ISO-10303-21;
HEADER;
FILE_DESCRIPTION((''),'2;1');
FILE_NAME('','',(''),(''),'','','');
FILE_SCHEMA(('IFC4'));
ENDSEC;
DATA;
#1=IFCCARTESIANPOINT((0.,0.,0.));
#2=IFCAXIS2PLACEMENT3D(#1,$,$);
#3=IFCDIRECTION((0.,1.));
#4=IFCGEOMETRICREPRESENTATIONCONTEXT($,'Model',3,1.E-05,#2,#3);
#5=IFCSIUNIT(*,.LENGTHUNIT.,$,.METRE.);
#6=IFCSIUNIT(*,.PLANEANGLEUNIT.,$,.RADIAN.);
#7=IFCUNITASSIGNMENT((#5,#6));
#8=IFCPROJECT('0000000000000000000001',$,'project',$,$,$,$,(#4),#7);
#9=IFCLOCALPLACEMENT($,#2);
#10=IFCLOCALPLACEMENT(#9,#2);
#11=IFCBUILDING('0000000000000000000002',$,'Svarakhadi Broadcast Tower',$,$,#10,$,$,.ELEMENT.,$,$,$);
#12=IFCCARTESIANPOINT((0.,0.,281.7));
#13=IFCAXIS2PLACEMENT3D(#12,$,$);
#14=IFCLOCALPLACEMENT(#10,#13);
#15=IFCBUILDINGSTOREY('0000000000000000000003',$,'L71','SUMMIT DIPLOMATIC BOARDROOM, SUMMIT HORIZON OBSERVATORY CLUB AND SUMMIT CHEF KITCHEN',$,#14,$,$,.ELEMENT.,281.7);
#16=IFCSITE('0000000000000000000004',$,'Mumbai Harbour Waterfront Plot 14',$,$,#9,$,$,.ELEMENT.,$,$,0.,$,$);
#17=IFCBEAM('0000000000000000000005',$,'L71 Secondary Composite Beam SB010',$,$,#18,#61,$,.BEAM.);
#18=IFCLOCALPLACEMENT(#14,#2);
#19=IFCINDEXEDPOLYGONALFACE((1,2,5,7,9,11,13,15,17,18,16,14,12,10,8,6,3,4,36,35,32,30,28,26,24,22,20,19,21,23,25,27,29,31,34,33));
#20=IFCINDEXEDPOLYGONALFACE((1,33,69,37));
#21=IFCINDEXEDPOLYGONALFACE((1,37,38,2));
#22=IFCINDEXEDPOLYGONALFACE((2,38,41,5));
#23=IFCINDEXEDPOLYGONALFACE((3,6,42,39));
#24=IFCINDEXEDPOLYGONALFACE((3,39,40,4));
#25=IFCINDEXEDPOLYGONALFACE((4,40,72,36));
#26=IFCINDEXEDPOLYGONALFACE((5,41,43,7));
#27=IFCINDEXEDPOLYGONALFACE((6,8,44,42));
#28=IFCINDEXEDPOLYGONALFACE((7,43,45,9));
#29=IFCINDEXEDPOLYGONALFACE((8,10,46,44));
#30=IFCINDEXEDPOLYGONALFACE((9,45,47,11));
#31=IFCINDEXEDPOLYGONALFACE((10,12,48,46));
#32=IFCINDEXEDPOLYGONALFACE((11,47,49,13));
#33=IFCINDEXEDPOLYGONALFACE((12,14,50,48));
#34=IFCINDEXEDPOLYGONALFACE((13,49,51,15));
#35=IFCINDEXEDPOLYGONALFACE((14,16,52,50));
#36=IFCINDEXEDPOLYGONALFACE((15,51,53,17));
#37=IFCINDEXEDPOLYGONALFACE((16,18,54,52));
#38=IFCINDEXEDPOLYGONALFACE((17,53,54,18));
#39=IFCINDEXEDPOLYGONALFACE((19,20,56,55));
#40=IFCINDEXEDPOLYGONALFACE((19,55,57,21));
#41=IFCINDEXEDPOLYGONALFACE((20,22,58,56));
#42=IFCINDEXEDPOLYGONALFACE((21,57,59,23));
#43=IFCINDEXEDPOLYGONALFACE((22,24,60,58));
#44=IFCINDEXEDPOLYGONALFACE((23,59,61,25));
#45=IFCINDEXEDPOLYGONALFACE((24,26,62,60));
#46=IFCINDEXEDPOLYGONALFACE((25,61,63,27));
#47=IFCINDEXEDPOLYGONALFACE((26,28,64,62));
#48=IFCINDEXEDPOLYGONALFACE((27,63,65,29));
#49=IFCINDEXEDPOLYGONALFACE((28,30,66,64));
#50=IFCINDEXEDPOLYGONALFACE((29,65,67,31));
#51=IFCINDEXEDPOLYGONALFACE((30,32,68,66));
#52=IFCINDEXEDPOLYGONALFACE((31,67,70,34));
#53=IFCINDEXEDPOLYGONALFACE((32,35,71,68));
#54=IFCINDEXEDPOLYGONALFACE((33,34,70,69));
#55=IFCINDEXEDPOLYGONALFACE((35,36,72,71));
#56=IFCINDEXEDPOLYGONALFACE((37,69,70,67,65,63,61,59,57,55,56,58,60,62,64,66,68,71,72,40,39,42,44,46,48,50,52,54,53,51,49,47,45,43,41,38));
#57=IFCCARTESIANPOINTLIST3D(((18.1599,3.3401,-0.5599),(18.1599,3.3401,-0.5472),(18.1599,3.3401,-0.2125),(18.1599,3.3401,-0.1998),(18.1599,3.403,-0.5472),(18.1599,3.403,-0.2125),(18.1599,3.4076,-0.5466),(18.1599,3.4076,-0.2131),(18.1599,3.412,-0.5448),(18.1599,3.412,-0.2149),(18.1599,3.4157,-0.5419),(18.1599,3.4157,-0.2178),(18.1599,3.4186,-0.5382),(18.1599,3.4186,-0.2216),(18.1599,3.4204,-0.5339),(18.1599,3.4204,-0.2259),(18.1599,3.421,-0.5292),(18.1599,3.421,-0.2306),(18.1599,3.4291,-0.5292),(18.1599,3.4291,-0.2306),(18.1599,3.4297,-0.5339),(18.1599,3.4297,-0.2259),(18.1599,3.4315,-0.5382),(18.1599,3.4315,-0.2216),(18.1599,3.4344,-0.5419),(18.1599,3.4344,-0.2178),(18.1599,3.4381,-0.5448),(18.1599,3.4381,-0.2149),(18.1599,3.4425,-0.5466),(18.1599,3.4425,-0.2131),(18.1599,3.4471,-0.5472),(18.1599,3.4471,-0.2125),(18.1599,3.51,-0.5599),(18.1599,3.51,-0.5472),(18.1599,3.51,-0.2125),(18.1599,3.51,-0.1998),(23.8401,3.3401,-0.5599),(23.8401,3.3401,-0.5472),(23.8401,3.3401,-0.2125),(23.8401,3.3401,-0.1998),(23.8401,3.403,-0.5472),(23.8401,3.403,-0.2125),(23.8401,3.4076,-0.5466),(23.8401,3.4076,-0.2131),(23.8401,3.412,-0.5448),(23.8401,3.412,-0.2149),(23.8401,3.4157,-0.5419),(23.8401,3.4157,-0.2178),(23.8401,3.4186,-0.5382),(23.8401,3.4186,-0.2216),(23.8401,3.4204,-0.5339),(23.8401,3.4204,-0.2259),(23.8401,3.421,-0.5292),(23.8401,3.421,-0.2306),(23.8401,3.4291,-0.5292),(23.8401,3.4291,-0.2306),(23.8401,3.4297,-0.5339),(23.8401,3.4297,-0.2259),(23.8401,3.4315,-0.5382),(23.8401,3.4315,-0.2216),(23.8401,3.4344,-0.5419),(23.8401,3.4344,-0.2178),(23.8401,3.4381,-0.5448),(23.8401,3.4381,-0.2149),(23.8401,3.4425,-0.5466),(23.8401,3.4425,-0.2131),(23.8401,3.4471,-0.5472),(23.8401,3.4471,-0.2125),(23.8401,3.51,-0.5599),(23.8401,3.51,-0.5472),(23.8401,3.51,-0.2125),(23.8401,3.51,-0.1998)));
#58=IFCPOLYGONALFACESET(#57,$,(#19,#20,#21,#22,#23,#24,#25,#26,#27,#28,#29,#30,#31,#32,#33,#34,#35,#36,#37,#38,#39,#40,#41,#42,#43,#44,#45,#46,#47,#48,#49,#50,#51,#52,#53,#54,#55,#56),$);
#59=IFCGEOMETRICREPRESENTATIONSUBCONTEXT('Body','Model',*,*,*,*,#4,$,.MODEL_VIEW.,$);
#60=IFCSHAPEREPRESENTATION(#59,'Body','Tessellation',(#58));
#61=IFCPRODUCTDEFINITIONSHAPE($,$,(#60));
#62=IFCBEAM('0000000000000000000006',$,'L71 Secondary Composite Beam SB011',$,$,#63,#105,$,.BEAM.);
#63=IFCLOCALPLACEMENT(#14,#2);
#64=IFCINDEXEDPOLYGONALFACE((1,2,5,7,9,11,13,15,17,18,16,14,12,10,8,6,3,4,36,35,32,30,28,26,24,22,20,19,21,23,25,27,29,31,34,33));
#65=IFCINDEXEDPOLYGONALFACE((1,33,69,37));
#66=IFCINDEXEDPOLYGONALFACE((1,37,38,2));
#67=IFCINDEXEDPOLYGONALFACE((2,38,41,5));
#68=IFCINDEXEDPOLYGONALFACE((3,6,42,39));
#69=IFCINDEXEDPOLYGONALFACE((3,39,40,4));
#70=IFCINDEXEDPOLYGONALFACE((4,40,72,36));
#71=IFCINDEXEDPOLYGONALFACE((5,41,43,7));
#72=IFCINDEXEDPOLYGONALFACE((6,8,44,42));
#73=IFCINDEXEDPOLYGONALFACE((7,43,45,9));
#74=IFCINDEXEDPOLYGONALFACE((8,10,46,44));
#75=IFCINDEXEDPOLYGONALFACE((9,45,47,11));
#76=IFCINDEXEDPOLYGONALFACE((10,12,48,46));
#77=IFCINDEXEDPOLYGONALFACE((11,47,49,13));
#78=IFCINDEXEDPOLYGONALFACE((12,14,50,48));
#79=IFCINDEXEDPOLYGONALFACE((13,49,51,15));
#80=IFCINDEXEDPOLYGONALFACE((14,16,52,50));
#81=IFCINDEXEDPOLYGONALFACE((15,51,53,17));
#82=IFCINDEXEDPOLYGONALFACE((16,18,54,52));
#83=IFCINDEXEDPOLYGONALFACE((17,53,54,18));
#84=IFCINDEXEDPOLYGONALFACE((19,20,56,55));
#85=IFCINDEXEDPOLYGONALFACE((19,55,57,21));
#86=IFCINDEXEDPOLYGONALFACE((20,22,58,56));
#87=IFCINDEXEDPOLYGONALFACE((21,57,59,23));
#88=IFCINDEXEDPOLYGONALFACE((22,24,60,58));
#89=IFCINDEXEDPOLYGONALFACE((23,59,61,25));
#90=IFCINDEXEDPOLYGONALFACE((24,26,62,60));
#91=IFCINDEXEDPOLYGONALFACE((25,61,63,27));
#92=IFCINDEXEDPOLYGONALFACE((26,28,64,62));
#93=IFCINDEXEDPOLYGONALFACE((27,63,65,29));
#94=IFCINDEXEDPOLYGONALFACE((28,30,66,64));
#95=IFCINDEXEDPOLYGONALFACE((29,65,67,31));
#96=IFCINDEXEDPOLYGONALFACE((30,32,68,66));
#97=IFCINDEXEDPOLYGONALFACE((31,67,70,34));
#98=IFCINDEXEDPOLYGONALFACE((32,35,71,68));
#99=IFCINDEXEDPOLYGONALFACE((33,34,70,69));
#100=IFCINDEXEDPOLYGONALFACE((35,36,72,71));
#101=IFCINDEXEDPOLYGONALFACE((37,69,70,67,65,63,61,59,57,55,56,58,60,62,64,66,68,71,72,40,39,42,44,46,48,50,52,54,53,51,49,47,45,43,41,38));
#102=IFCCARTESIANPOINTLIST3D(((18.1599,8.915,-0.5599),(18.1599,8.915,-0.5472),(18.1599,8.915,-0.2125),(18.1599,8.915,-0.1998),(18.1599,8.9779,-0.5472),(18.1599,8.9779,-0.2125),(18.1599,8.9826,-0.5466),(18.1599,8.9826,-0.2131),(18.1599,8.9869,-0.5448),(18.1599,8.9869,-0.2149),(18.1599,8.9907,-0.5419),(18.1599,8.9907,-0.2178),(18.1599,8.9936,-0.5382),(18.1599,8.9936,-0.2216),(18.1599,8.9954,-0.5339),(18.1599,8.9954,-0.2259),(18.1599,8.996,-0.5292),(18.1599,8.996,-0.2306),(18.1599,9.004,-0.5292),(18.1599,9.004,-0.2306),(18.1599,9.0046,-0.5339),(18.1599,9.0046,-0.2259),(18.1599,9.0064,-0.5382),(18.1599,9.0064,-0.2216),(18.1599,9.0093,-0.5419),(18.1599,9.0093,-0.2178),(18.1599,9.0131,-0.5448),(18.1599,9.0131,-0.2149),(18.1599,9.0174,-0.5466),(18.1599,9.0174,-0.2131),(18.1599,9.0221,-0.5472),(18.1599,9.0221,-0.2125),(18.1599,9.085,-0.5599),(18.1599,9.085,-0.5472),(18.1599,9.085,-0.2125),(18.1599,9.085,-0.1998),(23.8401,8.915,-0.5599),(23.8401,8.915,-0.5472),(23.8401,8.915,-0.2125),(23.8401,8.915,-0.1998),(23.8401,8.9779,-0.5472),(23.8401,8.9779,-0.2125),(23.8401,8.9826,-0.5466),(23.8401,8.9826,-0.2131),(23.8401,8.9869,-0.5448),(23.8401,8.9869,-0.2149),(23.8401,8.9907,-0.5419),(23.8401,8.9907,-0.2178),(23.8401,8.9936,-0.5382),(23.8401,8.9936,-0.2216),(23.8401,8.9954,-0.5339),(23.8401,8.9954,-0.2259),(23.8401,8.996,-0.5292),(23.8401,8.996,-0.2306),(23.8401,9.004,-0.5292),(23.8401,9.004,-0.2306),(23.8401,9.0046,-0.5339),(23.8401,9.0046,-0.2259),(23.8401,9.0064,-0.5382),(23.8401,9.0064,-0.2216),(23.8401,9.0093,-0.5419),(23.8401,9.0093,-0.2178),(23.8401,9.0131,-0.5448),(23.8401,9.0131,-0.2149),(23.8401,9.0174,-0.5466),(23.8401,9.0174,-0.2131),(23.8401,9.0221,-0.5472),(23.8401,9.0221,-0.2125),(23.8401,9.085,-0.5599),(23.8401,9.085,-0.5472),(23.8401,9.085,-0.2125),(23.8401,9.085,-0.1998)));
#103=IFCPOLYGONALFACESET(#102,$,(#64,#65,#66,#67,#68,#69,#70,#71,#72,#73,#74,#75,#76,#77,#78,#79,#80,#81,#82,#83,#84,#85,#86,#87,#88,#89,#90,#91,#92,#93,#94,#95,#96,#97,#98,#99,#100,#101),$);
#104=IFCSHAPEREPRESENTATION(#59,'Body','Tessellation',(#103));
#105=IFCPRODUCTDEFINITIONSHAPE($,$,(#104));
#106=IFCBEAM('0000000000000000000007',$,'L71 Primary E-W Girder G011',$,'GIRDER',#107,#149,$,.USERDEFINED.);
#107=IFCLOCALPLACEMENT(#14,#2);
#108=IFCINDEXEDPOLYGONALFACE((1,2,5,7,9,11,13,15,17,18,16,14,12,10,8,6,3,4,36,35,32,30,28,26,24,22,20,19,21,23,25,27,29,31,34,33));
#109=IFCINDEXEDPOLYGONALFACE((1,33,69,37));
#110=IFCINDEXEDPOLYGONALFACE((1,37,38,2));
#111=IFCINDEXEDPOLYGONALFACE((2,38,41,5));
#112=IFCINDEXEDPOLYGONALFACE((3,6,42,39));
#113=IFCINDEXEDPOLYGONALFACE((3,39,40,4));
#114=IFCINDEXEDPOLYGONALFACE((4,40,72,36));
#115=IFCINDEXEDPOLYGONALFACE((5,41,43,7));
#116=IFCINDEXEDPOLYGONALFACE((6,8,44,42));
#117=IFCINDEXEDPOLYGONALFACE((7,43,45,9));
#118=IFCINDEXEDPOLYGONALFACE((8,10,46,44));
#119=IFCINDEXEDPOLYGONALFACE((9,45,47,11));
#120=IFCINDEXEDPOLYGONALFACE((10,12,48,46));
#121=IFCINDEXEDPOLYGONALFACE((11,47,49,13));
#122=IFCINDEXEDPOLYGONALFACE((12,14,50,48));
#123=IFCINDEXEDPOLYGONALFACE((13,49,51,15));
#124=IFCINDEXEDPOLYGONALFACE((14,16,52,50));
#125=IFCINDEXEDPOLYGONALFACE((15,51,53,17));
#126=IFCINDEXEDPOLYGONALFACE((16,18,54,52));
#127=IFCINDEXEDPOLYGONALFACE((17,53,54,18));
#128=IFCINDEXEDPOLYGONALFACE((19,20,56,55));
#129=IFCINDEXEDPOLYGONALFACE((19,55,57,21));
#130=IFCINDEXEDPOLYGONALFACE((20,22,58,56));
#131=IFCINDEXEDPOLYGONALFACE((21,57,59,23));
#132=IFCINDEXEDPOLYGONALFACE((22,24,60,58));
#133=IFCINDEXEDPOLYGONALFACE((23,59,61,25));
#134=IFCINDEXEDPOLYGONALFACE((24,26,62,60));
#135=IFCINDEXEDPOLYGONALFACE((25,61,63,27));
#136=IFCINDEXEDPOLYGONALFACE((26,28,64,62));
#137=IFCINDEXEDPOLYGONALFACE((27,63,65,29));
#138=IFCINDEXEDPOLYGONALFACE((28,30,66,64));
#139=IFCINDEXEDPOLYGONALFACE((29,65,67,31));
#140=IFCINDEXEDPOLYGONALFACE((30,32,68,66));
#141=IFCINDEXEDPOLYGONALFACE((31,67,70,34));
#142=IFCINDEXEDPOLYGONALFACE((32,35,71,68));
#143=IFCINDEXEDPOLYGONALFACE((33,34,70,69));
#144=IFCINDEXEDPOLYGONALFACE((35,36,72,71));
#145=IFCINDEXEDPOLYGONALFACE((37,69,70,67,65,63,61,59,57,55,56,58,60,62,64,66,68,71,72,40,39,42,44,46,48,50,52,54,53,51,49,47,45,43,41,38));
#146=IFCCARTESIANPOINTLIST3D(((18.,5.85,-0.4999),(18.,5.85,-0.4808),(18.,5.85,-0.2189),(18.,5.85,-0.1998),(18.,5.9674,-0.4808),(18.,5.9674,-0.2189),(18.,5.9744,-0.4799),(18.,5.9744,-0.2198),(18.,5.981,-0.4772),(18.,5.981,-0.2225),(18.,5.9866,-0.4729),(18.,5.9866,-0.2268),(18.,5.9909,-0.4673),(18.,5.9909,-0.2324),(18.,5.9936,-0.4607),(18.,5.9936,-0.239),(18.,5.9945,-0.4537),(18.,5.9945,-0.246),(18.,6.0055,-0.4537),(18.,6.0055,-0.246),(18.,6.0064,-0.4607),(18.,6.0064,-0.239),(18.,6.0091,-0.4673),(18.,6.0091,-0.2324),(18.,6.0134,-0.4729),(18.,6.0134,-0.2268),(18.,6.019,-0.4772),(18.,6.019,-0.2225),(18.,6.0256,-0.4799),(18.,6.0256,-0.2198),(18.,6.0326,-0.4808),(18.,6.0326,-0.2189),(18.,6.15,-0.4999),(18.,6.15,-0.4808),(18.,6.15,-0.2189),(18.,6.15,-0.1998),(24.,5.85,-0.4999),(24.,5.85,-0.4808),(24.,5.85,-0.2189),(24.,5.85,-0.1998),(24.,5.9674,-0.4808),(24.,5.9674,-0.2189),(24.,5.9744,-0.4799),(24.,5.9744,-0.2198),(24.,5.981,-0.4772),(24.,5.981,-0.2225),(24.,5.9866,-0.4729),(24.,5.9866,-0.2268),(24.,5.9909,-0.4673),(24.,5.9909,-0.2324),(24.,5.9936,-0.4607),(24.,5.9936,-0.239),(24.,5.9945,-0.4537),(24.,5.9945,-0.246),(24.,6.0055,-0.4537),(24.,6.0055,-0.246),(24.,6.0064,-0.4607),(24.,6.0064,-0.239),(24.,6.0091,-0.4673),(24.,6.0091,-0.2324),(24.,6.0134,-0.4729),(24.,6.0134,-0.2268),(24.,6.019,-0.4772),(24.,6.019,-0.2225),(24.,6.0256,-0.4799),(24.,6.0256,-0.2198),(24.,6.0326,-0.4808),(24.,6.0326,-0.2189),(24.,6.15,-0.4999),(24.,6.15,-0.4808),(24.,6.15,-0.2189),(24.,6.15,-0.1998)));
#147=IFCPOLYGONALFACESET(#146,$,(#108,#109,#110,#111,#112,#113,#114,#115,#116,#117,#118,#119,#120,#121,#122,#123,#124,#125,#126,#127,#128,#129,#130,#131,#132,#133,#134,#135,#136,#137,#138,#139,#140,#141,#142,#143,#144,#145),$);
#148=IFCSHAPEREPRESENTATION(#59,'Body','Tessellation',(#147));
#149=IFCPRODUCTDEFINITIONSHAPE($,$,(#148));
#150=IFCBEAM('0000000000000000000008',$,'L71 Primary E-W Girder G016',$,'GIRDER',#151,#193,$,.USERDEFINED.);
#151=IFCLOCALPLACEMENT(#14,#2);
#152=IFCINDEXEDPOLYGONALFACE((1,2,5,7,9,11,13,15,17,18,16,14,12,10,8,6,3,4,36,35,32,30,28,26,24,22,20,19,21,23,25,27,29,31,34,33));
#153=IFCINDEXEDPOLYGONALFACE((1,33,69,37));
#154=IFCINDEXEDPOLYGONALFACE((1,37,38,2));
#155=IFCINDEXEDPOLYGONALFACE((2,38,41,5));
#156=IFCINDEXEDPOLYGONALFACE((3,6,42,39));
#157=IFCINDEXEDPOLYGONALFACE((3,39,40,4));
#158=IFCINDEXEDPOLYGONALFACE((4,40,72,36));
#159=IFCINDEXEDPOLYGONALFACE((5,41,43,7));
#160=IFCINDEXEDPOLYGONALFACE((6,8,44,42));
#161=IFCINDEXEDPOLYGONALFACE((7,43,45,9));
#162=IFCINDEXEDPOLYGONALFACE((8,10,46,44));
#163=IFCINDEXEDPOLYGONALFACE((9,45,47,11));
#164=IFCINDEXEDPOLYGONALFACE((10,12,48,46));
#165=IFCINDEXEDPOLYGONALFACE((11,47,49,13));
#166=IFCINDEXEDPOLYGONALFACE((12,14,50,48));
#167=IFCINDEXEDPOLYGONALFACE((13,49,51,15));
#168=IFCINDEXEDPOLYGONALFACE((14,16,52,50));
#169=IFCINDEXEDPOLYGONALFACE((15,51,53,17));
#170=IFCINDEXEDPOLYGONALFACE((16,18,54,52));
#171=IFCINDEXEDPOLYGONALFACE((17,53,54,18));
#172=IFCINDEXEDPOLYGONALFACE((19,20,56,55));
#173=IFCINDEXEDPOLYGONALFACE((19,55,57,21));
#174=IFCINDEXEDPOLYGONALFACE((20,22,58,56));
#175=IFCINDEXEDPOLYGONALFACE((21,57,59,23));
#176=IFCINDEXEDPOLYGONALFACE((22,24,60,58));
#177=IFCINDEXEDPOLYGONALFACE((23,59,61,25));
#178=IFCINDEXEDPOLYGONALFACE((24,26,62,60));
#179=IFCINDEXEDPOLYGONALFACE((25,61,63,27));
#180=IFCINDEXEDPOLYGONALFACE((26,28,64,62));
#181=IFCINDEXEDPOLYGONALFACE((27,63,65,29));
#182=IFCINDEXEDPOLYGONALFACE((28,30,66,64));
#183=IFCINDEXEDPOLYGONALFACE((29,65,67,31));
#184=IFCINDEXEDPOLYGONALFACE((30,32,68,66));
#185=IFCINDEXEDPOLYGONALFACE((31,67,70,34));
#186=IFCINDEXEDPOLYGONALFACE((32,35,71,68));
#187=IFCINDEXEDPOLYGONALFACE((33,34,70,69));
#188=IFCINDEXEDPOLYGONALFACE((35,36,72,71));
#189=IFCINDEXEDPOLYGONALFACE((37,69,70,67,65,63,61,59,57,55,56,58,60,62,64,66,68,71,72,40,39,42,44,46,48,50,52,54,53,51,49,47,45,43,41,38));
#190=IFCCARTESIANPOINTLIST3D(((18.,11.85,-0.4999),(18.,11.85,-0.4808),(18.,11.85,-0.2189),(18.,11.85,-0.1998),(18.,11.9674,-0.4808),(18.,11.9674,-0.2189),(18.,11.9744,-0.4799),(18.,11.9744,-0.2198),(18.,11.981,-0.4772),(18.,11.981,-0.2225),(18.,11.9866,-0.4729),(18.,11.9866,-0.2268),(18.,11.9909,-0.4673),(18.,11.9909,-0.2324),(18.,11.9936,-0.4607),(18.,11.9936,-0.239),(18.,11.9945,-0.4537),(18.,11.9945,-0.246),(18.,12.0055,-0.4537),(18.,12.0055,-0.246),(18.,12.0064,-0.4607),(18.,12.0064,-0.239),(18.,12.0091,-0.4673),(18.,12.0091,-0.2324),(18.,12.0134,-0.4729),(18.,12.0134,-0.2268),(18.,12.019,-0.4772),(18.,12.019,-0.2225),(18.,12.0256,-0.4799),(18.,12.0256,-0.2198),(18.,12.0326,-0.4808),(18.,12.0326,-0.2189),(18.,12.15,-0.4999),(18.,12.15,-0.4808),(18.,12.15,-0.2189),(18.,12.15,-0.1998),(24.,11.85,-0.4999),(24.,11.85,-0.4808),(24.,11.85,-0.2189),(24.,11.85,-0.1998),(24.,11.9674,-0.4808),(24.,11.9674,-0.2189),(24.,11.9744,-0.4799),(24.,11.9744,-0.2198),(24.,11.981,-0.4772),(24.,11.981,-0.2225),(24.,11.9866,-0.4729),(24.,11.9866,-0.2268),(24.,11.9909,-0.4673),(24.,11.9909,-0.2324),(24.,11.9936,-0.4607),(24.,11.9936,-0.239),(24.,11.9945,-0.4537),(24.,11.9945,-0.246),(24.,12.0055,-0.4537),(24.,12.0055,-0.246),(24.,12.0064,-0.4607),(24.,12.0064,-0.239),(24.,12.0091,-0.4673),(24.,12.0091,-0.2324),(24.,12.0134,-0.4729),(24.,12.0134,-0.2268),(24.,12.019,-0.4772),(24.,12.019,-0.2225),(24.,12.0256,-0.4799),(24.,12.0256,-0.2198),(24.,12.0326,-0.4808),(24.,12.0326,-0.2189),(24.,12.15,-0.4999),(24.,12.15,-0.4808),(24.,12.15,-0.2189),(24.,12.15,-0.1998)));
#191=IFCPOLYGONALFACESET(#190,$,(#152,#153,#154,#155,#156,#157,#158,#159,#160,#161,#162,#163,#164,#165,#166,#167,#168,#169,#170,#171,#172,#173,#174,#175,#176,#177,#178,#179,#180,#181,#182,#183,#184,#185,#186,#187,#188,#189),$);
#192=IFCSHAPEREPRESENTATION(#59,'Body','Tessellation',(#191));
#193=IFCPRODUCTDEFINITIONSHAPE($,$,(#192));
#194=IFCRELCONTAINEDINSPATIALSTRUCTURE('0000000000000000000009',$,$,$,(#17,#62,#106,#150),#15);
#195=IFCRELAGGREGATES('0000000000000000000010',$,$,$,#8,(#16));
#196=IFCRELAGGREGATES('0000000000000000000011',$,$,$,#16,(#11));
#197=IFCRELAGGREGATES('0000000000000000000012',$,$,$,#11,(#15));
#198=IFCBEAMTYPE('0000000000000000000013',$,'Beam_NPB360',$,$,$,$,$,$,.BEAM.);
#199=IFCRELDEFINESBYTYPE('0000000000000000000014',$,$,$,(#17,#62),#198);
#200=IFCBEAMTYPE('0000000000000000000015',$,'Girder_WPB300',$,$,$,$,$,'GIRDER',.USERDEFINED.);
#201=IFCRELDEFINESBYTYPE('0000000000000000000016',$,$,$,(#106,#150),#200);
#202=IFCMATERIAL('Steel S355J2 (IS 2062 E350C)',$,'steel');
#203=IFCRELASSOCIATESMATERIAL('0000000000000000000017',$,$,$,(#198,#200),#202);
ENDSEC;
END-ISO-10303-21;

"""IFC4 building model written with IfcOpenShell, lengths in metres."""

from ifc_helpers import new_model, si_unit, direction, frame, origin, origin_2d, place, context, subcontext, project, spatial, i_section, extrude, material, material_profile, profile_set, type_object, element, save


model = new_model("IFC4")

# Units and contexts
model_context = context("Model", 3, precision=1e-05, world=origin(), true_north=direction((0.0, 1.0)))
body_context = subcontext(model_context, "Body", "Model", "MODEL_VIEW")
ifc_project = project(units=[si_unit("LENGTHUNIT", "METRE"), si_unit("PLANEANGLEUNIT", "RADIAN")], contexts=[model_context])

# Site, building, storey
site_placement = place(None, origin())
site = spatial("IfcSite", under=ifc_project, at=site_placement, Name="Mumbai Harbour Waterfront Plot 14", CompositionType="ELEMENT", RefElevation=0.0)
building_placement = place(site_placement, origin())
building = spatial("IfcBuilding", under=site, at=building_placement, Name="Svarakhadi Broadcast Tower", CompositionType="ELEMENT")
storey_placement = place(building_placement, frame((0.0, 0.0, 281.7)))
storey = spatial("IfcBuildingStorey", under=building, at=storey_placement, Name="L71", Description="SUMMIT DIPLOMATIC BOARDROOM, SUMMIT HORIZON OBSERVATORY CLUB AND SUMMIT CHEF KITCHEN", CompositionType="ELEMENT", Elevation=281.7)

# Beams
ifc_material_1 = material(Name="Steel S355J2 (IS 2062 E350C)", Category="steel")
ifc_material_profile_1 = material_profile(ifc_material_1, i_section(OverallWidth=0.1699, OverallDepth=0.3601, WebThickness=0.0081, FlangeThickness=0.0127, FilletRadius=0.0181, at=origin_2d()), Name="NPB 360x170x57")
ifc_profile_set_1 = profile_set([ifc_material_profile_1], Name="Steel S355J2 (IS 2062 E350C)")
beam_type_1 = type_object("IfcBeamType", Name="Beam_NPB360", PredefinedType="BEAM", material=ifc_profile_set_1)
for number, where, z_axis, x_axis, name in (
    (1, (18.1599, 3.425, -0.3799), (1.0, 0.0, 0.0), (0.0, 1.0, 0.0), "L71 Secondary Composite Beam SB010"),
    (2, (18.1599, 9.0, -0.3799), (1.0, 0.0, 0.0), (0.0, 1.0, 0.0), "L71 Secondary Composite Beam SB011"),
):
    element("IfcBeam", number, at=place(storey_placement, frame(where, z_axis=z_axis, x_axis=x_axis)), inside=storey, type_object=beam_type_1, Name=name, PredefinedType="BEAM", context=body_context, shape_type="SweptSolid", body=[
        extrude(i_section(OverallWidth=0.1699, OverallDepth=0.3601, WebThickness=0.0081, FlangeThickness=0.0127, FilletRadius=0.0181, at=origin_2d()), origin(), (0.0, 0.0, 1.0), 5.6802),
    ])
ifc_material_profile_2 = material_profile(ifc_material_1, i_section(OverallWidth=0.3, OverallDepth=0.3, WebThickness=0.011, FlangeThickness=0.019, FilletRadius=0.0271, at=origin_2d()), Name="WPB 300x300x117")
ifc_profile_set_2 = profile_set([ifc_material_profile_2], Name="Steel S355J2 (IS 2062 E350C)")
beam_type_2 = type_object("IfcBeamType", Name="Girder_WPB300", ElementType="GIRDER", PredefinedType="USERDEFINED", material=ifc_profile_set_2)
for number, where, z_axis, x_axis, name in (
    (3, (18.0, 6.0, -0.3499), (1.0, 0.0, 0.0), (0.0, 1.0, 0.0), "L71 Primary E-W Girder G011"),
    (4, (18.0, 12.0, -0.3499), (1.0, 0.0, 0.0), (0.0, 1.0, 0.0), "L71 Primary E-W Girder G016"),
):
    element("IfcBeam", number, at=place(storey_placement, frame(where, z_axis=z_axis, x_axis=x_axis)), inside=storey, type_object=beam_type_2, Name=name, ObjectType="GIRDER", PredefinedType="USERDEFINED", context=body_context, shape_type="SweptSolid", body=[
        extrude(i_section(OverallWidth=0.3, OverallDepth=0.3, WebThickness=0.011, FlangeThickness=0.019, FilletRadius=0.0271, at=origin_2d()), origin(), (0.0, 0.0, 1.0), 6.0),
    ])

save(model, "model.ifc")
